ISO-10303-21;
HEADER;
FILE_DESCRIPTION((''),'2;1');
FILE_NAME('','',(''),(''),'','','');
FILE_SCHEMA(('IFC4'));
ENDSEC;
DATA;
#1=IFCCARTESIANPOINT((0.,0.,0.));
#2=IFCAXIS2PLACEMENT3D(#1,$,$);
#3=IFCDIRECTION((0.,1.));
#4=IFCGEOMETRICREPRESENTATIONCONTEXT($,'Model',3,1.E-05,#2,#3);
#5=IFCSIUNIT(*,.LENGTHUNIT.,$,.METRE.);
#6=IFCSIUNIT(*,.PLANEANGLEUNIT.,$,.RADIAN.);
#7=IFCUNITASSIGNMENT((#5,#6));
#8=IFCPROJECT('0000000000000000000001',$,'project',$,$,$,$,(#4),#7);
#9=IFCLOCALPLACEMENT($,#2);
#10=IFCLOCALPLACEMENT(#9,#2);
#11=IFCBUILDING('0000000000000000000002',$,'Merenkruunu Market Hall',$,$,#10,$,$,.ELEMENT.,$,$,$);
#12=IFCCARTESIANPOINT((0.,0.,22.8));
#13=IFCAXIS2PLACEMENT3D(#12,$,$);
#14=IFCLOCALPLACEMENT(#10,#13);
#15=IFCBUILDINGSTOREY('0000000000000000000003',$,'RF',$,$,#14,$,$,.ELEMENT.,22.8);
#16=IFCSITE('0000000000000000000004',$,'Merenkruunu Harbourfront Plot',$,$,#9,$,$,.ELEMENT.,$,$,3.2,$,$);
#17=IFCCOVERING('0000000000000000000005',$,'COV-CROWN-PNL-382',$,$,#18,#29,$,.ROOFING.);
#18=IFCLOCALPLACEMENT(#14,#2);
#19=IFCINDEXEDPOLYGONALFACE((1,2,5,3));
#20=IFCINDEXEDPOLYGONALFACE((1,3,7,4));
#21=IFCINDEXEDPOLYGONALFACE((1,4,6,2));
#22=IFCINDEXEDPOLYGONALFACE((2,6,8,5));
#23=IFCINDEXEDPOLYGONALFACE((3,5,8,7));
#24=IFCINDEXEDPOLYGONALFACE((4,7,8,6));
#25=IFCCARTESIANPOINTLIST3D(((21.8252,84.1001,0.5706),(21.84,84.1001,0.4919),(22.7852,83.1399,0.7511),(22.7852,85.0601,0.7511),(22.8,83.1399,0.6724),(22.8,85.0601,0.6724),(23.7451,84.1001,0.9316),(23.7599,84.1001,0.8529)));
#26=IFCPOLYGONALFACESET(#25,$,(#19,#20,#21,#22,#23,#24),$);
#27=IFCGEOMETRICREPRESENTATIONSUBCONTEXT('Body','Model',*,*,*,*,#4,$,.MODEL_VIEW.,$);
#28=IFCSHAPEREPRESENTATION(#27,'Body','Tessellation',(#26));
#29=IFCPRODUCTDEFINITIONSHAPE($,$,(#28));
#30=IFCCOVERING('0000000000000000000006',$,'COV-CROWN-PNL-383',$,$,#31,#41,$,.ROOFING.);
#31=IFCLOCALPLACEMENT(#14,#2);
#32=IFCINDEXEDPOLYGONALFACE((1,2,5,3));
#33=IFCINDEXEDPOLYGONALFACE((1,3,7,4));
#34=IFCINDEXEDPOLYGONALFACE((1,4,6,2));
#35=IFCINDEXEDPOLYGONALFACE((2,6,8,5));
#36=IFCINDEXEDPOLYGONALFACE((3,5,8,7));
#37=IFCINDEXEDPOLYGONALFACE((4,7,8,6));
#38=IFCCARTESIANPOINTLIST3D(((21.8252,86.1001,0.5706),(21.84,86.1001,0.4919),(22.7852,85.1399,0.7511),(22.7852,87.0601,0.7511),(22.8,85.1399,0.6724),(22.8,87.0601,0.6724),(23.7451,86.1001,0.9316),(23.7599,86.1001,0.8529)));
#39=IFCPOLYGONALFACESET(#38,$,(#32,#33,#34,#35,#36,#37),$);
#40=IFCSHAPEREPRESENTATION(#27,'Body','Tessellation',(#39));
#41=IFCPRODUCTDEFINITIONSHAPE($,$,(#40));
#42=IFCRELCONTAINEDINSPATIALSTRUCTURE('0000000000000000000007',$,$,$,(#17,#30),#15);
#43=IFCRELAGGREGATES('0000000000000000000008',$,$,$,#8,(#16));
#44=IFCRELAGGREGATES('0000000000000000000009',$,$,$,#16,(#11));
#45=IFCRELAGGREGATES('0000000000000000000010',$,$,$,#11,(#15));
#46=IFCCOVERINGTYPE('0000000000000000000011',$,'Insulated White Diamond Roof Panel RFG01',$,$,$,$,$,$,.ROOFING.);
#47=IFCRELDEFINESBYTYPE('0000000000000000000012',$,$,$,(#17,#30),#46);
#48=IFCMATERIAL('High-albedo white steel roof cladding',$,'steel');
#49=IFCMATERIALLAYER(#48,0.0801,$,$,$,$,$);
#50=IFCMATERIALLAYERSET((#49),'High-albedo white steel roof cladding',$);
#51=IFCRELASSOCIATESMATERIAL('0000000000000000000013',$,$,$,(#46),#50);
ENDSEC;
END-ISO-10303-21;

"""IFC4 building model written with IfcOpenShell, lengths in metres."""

from ifc_helpers import new_model, si_unit, direction, frame, origin, place, context, subcontext, project, spatial, polyline, outline, extrude, material, layer, layer_set, type_object, element, save


model = new_model("IFC4")

# Units and contexts
model_context = context("Model", 3, precision=1e-05, world=origin(), true_north=direction((0.0, 1.0)))
body_context = subcontext(model_context, "Body", "Model", "MODEL_VIEW")
ifc_project = project(units=[si_unit("LENGTHUNIT", "METRE"), si_unit("PLANEANGLEUNIT", "RADIAN")], contexts=[model_context])

# Site, building, storey
site_placement = place(None, origin())
site = spatial("IfcSite", under=ifc_project, at=site_placement, Name="Merenkruunu Harbourfront Plot", CompositionType="ELEMENT", RefElevation=3.2)
building_placement = place(site_placement, origin())
building = spatial("IfcBuilding", under=site, at=building_placement, Name="Merenkruunu Market Hall", CompositionType="ELEMENT")
storey_placement = place(building_placement, frame((0.0, 0.0, 22.8)))
storey = spatial("IfcBuildingStorey", under=building, at=storey_placement, Name="RF", CompositionType="ELEMENT", Elevation=22.8)

# Coverings
ifc_material_1 = material(Name="High-albedo white steel roof cladding", Category="steel")
ifc_layer_1 = layer(ifc_material_1, 0.0801)
ifc_layer_set_1 = layer_set([ifc_layer_1], Name="High-albedo white steel roof cladding")
covering_type = type_object("IfcCoveringType", Name="Insulated White Diamond Roof Panel RFG01", PredefinedType="ROOFING", material=ifc_layer_set_1)
for number, where, z_axis, x_axis, name in (
    (1, (21.8252, 84.1001, 0.5706), (-0.184832, 0.0, 0.98277), (0.700856, -0.701018, 0.131812), "COV-CROWN-PNL-382"),
    (2, (21.8252, 86.1001, 0.5706), (-0.184832, 0.0, 0.98277), (0.700856, -0.701018, 0.131812), "COV-CROWN-PNL-383"),
):
    element("IfcCovering", number, at=place(storey_placement, frame(where, z_axis=z_axis, x_axis=x_axis)), inside=storey, type_object=covering_type, Name=name, PredefinedType="ROOFING", context=body_context, shape_type="SweptSolid", body=[
        extrude(outline(polyline([(0.0, 0.0), (1.3697, 0.0), (1.3932, 1.3695), (0.0237, 1.3694), (0.0, 0.0)])), origin(), (0.0, 0.0, -1.0), 0.0801),
    ])

save(model, "model.ifc")
